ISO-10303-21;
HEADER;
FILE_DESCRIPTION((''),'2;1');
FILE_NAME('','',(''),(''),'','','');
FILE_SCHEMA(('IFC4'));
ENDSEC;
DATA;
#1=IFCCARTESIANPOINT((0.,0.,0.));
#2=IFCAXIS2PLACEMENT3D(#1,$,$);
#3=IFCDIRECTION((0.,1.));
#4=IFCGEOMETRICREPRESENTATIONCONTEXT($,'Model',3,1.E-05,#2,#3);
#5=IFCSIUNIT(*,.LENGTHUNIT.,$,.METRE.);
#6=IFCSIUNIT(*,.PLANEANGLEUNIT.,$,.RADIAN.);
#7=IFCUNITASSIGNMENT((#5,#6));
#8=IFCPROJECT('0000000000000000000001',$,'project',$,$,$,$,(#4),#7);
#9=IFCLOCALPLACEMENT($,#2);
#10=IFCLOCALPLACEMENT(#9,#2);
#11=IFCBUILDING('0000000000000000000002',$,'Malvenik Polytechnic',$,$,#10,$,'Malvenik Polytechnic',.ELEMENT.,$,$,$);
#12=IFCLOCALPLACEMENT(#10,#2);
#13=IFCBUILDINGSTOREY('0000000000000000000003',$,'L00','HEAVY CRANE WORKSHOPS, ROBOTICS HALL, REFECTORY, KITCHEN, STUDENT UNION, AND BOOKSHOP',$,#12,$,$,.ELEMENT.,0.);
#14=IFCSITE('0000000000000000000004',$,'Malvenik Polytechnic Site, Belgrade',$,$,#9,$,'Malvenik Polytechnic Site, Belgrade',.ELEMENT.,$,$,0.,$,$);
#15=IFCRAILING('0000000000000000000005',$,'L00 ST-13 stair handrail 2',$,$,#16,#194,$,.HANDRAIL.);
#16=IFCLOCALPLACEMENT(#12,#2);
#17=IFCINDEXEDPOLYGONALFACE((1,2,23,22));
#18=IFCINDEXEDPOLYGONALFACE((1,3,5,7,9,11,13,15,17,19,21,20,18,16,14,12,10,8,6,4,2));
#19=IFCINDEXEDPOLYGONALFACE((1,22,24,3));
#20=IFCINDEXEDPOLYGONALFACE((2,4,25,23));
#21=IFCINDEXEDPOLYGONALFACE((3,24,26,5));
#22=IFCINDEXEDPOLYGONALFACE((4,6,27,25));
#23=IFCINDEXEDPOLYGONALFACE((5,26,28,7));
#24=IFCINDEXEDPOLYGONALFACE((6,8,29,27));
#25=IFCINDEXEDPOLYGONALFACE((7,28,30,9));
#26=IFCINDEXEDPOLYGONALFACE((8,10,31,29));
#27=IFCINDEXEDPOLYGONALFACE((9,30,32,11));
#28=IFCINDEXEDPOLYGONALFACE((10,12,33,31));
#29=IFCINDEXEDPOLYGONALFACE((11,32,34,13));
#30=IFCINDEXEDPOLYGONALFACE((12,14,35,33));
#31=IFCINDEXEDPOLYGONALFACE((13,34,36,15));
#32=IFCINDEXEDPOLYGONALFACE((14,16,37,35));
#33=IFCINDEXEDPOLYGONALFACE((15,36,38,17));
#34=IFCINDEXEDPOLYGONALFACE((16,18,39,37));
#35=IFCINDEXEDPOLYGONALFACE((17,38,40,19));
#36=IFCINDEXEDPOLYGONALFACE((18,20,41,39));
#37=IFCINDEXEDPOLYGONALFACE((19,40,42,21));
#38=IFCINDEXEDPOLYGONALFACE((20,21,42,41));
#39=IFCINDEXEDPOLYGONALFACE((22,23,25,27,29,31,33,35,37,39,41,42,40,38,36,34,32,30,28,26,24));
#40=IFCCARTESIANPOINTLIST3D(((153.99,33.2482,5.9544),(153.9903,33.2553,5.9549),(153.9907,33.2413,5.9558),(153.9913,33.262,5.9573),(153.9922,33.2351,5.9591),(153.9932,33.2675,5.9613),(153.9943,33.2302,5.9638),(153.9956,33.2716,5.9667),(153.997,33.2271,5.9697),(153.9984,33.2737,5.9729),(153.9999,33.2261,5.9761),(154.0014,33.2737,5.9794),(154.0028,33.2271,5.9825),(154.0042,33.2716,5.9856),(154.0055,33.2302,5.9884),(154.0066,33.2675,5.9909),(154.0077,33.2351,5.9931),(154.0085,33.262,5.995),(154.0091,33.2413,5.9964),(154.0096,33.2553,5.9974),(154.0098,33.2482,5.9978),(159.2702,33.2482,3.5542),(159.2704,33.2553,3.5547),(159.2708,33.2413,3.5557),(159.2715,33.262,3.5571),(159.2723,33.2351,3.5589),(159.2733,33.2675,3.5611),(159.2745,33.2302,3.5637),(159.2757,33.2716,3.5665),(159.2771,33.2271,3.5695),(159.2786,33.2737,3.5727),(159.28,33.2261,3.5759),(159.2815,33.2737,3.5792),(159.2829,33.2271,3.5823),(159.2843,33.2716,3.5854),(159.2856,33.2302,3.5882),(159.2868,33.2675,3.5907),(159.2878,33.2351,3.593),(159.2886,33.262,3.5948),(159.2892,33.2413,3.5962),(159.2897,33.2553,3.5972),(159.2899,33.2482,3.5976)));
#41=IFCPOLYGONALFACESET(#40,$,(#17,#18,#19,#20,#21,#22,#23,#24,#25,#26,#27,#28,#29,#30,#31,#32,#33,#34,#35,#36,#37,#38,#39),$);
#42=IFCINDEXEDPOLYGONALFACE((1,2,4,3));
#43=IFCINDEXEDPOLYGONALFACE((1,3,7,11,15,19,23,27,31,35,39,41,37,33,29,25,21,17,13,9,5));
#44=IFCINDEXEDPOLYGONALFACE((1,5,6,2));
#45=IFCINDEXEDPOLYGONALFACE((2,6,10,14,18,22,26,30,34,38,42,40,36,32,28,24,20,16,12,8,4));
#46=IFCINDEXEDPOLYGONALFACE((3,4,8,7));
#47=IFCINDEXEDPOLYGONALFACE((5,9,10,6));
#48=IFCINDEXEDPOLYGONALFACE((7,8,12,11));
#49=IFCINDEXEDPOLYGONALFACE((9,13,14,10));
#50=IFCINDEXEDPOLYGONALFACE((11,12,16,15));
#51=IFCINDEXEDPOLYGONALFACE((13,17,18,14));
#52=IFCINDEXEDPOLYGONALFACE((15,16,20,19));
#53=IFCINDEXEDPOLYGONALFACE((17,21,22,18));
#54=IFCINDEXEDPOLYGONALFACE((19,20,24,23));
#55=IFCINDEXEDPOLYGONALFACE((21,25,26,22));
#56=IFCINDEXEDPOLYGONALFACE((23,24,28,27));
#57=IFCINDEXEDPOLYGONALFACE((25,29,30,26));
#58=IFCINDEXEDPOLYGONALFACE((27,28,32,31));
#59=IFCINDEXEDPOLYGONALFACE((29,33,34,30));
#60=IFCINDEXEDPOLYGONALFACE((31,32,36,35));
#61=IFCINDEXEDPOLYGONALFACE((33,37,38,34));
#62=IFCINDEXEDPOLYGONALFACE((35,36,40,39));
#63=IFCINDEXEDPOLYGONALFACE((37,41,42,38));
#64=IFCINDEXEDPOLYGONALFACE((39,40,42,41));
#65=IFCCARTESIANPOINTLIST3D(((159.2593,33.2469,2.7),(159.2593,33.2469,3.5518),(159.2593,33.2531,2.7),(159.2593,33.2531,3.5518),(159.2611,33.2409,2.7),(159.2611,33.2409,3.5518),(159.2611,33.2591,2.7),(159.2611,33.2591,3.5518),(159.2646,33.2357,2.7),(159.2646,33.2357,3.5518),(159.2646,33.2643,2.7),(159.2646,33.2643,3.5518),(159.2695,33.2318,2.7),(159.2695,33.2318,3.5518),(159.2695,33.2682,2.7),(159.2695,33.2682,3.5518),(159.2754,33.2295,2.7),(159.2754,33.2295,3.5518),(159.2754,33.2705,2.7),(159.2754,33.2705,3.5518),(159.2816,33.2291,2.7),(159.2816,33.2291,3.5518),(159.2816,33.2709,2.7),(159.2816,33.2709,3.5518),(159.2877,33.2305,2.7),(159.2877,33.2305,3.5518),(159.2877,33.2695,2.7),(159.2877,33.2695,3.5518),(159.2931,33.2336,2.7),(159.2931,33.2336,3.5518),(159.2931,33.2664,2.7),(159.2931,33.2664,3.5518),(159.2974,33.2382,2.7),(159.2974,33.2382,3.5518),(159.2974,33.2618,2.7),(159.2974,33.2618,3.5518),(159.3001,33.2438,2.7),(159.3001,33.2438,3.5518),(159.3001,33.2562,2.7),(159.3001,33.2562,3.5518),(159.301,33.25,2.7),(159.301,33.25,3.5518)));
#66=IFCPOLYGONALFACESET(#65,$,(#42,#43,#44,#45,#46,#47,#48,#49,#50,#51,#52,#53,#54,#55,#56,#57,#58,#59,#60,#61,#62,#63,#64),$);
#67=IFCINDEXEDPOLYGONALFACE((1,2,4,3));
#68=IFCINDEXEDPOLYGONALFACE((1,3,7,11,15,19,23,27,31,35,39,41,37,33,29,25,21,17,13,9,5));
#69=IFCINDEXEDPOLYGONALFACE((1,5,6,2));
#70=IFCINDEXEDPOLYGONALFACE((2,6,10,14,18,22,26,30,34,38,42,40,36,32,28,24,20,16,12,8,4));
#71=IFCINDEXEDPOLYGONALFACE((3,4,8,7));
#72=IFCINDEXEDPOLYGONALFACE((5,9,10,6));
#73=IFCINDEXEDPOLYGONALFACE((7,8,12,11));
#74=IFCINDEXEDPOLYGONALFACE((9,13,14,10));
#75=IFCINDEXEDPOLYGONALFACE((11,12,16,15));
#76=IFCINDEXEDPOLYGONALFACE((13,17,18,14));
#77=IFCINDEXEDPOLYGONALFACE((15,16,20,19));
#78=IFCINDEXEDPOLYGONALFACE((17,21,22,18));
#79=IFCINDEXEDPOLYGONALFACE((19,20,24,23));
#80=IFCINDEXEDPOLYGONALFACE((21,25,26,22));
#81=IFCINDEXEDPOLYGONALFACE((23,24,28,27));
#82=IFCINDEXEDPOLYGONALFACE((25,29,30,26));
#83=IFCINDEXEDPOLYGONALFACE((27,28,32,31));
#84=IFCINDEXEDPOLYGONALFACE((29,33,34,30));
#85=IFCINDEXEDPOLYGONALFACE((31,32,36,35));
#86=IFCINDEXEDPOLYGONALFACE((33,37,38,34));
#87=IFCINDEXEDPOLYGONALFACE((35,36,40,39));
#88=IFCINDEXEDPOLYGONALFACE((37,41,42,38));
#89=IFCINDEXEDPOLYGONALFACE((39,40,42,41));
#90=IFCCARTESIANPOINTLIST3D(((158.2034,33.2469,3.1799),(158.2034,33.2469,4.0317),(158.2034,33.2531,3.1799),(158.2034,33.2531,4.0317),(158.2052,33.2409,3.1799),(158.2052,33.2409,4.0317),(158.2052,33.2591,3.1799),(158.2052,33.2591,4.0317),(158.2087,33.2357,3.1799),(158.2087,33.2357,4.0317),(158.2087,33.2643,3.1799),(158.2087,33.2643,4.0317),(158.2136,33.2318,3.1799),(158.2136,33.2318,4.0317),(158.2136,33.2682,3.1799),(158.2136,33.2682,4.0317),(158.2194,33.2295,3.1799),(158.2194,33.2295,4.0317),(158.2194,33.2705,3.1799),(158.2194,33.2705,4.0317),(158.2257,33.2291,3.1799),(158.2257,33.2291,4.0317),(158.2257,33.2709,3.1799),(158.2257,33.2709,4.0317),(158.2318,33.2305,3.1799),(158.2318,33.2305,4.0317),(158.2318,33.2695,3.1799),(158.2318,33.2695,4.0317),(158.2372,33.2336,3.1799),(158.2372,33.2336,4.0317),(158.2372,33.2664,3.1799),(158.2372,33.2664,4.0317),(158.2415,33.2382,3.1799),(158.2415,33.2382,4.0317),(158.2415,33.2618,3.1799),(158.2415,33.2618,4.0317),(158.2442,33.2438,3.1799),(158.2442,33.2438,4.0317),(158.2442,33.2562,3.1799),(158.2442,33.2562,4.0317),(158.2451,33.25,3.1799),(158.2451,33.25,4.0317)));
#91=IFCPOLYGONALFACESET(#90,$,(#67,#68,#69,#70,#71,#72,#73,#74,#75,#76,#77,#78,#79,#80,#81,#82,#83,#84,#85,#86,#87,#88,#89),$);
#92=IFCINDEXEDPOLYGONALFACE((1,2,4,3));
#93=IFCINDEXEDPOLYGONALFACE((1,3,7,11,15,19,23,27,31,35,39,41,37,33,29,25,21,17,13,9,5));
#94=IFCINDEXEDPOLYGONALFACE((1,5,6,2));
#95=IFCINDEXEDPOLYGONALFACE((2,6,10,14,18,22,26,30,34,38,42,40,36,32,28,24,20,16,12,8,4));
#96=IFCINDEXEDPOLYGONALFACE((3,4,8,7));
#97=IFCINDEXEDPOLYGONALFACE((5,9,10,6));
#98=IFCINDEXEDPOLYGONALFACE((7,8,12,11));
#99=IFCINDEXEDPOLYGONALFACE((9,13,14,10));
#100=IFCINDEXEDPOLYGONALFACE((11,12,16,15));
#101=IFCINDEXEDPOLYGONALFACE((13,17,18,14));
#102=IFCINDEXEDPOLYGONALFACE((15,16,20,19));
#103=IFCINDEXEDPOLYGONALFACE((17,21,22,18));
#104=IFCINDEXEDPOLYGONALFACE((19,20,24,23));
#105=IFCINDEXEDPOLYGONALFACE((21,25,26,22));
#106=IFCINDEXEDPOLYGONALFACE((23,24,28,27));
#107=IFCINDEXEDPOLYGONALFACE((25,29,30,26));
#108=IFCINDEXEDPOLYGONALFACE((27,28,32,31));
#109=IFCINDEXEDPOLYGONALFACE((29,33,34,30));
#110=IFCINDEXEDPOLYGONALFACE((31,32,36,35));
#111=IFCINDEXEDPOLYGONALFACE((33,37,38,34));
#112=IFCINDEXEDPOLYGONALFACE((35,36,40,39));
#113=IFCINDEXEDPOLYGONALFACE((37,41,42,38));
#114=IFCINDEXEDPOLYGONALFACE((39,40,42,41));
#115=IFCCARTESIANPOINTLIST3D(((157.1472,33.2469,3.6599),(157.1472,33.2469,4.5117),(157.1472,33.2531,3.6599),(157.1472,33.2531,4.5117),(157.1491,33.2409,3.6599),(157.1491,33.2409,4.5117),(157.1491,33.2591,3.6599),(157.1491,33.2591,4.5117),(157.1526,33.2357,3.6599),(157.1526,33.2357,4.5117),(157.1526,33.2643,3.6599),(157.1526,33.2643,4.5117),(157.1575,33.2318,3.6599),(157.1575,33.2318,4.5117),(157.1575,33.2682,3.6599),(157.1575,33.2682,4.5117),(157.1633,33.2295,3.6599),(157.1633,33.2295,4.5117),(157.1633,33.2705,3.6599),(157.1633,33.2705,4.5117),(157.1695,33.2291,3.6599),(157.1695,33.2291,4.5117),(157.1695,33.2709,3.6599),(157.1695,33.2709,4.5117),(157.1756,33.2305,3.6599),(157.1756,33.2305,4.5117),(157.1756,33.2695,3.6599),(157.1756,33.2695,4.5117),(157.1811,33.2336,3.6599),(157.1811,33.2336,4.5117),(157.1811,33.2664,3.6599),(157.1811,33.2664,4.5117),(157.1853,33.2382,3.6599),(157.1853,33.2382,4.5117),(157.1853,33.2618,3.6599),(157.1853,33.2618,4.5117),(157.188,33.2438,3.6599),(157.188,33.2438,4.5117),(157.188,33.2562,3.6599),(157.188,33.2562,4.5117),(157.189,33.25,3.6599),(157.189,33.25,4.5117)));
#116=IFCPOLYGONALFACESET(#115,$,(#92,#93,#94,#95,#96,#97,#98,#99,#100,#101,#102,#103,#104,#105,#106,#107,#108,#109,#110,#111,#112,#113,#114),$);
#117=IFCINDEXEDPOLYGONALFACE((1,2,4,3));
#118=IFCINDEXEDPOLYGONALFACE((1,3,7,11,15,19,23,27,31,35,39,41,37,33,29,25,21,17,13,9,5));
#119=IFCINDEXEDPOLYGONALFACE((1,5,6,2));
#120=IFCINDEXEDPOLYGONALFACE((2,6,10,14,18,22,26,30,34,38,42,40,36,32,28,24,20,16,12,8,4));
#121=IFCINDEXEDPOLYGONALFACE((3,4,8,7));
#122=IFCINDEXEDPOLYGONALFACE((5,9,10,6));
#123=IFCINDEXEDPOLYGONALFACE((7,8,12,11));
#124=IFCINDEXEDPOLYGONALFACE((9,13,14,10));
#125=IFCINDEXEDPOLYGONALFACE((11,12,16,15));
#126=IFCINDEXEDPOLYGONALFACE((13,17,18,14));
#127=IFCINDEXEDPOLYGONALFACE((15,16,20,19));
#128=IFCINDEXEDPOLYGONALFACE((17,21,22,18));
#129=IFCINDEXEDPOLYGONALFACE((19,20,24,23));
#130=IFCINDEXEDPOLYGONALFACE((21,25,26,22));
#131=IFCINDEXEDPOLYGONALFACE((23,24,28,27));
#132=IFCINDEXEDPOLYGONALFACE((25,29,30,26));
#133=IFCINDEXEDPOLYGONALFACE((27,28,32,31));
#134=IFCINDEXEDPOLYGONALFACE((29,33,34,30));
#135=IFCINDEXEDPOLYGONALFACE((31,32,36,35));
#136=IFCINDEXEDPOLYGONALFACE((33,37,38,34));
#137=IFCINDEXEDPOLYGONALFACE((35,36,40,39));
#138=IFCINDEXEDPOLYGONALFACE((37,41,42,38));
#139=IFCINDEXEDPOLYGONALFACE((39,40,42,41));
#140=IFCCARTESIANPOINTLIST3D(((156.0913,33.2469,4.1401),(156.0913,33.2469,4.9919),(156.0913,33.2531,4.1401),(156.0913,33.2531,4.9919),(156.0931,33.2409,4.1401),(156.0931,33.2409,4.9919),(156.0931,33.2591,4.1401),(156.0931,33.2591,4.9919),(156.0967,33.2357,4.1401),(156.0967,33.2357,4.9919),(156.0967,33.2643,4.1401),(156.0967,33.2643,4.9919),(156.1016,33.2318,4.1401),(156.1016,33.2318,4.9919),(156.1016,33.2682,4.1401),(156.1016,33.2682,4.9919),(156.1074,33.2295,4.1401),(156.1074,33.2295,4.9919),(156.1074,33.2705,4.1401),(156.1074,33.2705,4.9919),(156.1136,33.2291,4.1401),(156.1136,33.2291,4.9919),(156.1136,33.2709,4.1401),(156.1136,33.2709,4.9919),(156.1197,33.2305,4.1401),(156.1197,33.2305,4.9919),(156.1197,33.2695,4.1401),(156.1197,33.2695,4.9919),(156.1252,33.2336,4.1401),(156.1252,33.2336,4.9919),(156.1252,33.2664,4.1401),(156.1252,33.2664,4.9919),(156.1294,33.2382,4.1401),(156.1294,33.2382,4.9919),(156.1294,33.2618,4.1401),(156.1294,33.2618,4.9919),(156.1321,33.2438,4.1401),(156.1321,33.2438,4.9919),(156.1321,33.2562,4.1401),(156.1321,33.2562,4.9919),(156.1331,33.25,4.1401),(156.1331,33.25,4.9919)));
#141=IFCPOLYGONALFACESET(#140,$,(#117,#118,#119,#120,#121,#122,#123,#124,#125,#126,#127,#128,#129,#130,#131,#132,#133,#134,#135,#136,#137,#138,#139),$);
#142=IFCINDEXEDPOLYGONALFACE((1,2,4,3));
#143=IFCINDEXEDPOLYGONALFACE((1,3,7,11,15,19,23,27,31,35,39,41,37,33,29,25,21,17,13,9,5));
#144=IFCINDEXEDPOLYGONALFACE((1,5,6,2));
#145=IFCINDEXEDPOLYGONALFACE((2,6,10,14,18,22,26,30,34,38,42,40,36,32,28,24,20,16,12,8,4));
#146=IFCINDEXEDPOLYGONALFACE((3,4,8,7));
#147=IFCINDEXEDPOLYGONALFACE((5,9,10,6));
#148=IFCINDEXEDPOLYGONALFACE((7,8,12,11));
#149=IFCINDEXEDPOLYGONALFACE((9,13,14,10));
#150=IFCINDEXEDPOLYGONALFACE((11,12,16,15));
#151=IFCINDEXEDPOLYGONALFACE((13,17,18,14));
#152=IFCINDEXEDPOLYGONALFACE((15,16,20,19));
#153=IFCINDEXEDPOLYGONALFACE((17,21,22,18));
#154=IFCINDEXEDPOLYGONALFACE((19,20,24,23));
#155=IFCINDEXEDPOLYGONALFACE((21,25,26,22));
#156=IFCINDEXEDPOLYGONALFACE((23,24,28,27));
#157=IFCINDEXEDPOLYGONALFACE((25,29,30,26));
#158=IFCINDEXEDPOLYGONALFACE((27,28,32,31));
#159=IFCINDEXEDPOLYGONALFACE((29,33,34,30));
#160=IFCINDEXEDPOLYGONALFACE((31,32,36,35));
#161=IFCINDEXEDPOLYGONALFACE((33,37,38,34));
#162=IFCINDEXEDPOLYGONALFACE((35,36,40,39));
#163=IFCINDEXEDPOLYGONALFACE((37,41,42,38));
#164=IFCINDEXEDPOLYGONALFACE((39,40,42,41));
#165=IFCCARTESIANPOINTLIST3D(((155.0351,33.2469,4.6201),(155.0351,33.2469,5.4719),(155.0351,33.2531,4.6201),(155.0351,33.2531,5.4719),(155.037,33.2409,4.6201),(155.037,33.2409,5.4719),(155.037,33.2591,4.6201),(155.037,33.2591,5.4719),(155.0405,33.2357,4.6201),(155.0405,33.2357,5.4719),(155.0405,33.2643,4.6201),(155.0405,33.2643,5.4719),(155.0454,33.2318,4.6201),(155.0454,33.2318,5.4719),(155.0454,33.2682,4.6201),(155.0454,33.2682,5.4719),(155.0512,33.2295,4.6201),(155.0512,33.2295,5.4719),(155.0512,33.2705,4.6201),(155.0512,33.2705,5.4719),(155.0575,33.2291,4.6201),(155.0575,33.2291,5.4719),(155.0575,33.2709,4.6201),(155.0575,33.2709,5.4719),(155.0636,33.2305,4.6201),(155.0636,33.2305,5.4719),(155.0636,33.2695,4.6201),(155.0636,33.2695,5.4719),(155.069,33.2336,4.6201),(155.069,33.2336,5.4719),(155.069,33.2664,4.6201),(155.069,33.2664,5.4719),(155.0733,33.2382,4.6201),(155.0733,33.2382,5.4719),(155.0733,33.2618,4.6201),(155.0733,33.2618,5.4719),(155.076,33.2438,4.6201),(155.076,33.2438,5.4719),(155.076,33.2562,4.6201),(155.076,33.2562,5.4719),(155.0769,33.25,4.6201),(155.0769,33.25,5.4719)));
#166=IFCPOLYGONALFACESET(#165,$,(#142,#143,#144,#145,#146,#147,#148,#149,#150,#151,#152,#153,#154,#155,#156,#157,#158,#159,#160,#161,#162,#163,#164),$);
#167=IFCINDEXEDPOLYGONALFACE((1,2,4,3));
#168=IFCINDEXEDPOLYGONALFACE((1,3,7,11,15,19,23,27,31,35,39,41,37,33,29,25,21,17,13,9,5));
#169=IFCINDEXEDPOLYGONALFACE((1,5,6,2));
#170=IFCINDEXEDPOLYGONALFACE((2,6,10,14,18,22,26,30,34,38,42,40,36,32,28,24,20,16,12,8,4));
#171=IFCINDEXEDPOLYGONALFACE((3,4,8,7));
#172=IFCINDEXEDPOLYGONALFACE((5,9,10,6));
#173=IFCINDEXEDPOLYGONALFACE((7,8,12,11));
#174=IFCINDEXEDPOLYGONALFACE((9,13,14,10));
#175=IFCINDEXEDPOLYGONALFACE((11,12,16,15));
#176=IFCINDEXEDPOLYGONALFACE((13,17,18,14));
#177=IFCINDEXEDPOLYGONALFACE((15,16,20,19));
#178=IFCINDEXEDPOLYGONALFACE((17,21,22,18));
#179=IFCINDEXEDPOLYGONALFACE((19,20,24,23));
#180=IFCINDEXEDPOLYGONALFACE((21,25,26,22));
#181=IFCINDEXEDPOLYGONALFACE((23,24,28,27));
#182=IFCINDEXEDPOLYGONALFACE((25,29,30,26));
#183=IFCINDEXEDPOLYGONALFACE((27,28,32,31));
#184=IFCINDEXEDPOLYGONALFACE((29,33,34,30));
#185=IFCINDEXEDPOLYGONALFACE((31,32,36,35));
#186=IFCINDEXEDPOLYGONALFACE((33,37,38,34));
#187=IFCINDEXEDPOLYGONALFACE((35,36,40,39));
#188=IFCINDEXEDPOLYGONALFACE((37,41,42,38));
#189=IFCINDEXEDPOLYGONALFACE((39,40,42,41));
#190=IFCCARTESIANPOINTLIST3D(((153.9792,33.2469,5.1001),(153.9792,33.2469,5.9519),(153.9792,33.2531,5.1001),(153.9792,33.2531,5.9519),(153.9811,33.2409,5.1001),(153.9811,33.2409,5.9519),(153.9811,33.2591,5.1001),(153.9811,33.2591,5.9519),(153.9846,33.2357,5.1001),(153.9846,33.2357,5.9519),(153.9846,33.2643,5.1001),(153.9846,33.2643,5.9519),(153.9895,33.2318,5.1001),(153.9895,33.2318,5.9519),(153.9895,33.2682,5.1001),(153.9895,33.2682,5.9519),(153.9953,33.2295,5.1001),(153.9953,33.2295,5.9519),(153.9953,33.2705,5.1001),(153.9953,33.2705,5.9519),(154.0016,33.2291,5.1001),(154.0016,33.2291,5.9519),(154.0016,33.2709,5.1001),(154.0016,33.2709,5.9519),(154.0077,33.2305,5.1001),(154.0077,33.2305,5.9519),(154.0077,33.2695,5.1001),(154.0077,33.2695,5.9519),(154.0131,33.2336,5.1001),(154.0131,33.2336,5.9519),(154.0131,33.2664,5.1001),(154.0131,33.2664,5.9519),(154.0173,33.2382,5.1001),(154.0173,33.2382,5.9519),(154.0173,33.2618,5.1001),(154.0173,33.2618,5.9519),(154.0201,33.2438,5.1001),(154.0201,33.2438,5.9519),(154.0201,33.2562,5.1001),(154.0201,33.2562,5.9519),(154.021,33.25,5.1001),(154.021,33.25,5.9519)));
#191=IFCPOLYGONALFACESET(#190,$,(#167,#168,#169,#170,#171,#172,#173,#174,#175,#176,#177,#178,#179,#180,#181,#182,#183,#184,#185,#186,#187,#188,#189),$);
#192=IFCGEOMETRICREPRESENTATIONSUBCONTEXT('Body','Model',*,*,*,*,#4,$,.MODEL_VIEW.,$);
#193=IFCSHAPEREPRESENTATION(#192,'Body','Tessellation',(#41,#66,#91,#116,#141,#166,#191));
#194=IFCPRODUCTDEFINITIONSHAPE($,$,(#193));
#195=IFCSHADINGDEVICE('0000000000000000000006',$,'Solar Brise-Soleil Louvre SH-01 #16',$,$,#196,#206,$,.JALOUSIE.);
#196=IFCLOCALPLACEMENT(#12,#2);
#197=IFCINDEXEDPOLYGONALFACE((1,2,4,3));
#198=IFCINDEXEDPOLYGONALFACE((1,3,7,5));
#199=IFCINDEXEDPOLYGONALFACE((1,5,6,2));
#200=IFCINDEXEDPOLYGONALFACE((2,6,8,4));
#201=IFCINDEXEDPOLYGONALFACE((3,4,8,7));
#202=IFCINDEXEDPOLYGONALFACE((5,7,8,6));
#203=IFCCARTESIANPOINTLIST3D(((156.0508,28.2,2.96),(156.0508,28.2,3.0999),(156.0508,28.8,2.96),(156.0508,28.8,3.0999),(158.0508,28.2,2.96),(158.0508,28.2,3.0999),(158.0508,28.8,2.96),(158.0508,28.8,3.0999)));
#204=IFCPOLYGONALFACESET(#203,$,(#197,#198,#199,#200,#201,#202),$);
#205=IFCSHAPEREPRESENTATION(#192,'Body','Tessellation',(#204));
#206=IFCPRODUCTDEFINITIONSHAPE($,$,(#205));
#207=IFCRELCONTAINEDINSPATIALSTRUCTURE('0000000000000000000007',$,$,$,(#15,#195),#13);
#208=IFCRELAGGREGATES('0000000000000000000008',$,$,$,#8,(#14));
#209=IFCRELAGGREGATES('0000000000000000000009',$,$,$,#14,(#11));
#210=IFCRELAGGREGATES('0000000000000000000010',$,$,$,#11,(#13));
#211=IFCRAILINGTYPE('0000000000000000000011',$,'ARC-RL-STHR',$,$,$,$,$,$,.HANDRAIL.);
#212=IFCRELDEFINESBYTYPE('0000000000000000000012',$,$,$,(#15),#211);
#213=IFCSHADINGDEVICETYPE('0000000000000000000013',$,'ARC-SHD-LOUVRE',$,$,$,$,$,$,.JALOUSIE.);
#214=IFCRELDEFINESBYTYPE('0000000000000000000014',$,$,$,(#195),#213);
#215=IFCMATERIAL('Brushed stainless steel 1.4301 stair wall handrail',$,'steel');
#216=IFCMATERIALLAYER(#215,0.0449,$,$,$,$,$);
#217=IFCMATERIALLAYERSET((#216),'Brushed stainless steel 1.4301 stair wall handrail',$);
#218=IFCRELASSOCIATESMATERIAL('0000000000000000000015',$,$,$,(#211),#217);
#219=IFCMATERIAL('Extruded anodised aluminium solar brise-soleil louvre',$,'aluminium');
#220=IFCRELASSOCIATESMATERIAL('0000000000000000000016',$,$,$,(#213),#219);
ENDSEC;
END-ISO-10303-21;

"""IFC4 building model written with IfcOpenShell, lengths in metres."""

from ifc_helpers import new_model, si_unit, direction, frame, origin, origin_2d, place, context, subcontext, project, spatial, rectangle, circle, extrude, material, layer, layer_set, type_object, element, save


model = new_model("IFC4")

# Units and contexts
model_context = context("Model", 3, precision=1e-05, world=origin(), true_north=direction((0.0, 1.0)))
body_context = subcontext(model_context, "Body", "Model", "MODEL_VIEW")
ifc_project = project(units=[si_unit("LENGTHUNIT", "METRE"), si_unit("PLANEANGLEUNIT", "RADIAN")], contexts=[model_context])

# Site, building, storey
site_placement = place(None, origin())
site = spatial("IfcSite", under=ifc_project, at=site_placement, Name="Malvenik Polytechnic Site, Belgrade", LongName="Malvenik Polytechnic Site, Belgrade", CompositionType="ELEMENT", RefElevation=0.0)
building_placement = place(site_placement, origin())
building = spatial("IfcBuilding", under=site, at=building_placement, Name="Malvenik Polytechnic", LongName="Malvenik Polytechnic", CompositionType="ELEMENT")
storey_placement = place(building_placement, origin())
storey = spatial("IfcBuildingStorey", under=building, at=storey_placement, Name="L00", Description="HEAVY CRANE WORKSHOPS, ROBOTICS HALL, REFECTORY, KITCHEN, STUDENT UNION, AND BOOKSHOP", CompositionType="ELEMENT", Elevation=0.0)

# Railing
ifc_material_1 = material(Name="Brushed stainless steel 1.4301 stair wall handrail", Category="steel")
ifc_layer_1 = layer(ifc_material_1, 0.0449)
ifc_layer_set_1 = layer_set([ifc_layer_1], Name="Brushed stainless steel 1.4301 stair wall handrail")
railing_type_1 = type_object("IfcRailingType", Name="ARC-RL-STHR", PredefinedType="HANDRAIL", material=ifc_layer_set_1)
railing_1_placement = place(storey_placement, frame((159.28, 33.25, 2.7)))
element("IfcRailing", 1, at=railing_1_placement, inside=storey, type_object=railing_type_1, Name="L00 ST-13 stair handrail 2", PredefinedType="HANDRAIL", context=body_context, shape_type="SweptSolid", body=[
    extrude(circle(Radius=0.0239, at=origin_2d()), frame((0.0, 0.0, 0.876), z_axis=(-0.910358, 0.0, 0.413822), x_axis=(0.0, -1.0, 0.0)), (0.0, 0.0, 1.0), 5.8),
    extrude(circle(Radius=0.021, at=origin_2d()), origin(), (0.0, 0.0, 1.0), 0.8518),
    extrude(circle(Radius=0.021, at=origin_2d()), frame((-1.0559, 0.0, 0.48)), (0.0, 0.0, 1.0), 0.8518),
    extrude(circle(Radius=0.021, at=origin_2d()), frame((-2.1121, 0.0, 0.96)), (0.0, 0.0, 1.0), 0.8518),
    extrude(circle(Radius=0.021, at=origin_2d()), frame((-3.168, 0.0, 1.4402)), (0.0, 0.0, 1.0), 0.8518),
    extrude(circle(Radius=0.021, at=origin_2d()), frame((-4.2241, 0.0, 1.9202)), (0.0, 0.0, 1.0), 0.8518),
    extrude(circle(Radius=0.021, at=origin_2d()), frame((-5.28, 0.0, 2.4001)), (0.0, 0.0, 1.0), 0.8518),
])

# Shading device
ifc_material_2 = material(Name="Extruded anodised aluminium solar brise-soleil louvre", Category="aluminium")
shading_device_type = type_object("IfcShadingDeviceType", Name="ARC-SHD-LOUVRE", PredefinedType="JALOUSIE", material=ifc_material_2)
shading_device_placement = place(storey_placement, frame((157.0508, 28.5, 2.96), z_axis=(0.0, 0.0, 1.0), x_axis=(1.0, 0.0, 0.0)))
element("IfcShadingDevice", 2, at=shading_device_placement, inside=storey, type_object=shading_device_type, Name="Solar Brise-Soleil Louvre SH-01 #16", PredefinedType="JALOUSIE", context=body_context, shape_type="SweptSolid", body=[
    extrude(rectangle(XDim=2.0, YDim=0.6001, at=origin_2d()), origin(), (0.0, 0.0, 1.0), 0.1399),
])

save(model, "model.ifc")
